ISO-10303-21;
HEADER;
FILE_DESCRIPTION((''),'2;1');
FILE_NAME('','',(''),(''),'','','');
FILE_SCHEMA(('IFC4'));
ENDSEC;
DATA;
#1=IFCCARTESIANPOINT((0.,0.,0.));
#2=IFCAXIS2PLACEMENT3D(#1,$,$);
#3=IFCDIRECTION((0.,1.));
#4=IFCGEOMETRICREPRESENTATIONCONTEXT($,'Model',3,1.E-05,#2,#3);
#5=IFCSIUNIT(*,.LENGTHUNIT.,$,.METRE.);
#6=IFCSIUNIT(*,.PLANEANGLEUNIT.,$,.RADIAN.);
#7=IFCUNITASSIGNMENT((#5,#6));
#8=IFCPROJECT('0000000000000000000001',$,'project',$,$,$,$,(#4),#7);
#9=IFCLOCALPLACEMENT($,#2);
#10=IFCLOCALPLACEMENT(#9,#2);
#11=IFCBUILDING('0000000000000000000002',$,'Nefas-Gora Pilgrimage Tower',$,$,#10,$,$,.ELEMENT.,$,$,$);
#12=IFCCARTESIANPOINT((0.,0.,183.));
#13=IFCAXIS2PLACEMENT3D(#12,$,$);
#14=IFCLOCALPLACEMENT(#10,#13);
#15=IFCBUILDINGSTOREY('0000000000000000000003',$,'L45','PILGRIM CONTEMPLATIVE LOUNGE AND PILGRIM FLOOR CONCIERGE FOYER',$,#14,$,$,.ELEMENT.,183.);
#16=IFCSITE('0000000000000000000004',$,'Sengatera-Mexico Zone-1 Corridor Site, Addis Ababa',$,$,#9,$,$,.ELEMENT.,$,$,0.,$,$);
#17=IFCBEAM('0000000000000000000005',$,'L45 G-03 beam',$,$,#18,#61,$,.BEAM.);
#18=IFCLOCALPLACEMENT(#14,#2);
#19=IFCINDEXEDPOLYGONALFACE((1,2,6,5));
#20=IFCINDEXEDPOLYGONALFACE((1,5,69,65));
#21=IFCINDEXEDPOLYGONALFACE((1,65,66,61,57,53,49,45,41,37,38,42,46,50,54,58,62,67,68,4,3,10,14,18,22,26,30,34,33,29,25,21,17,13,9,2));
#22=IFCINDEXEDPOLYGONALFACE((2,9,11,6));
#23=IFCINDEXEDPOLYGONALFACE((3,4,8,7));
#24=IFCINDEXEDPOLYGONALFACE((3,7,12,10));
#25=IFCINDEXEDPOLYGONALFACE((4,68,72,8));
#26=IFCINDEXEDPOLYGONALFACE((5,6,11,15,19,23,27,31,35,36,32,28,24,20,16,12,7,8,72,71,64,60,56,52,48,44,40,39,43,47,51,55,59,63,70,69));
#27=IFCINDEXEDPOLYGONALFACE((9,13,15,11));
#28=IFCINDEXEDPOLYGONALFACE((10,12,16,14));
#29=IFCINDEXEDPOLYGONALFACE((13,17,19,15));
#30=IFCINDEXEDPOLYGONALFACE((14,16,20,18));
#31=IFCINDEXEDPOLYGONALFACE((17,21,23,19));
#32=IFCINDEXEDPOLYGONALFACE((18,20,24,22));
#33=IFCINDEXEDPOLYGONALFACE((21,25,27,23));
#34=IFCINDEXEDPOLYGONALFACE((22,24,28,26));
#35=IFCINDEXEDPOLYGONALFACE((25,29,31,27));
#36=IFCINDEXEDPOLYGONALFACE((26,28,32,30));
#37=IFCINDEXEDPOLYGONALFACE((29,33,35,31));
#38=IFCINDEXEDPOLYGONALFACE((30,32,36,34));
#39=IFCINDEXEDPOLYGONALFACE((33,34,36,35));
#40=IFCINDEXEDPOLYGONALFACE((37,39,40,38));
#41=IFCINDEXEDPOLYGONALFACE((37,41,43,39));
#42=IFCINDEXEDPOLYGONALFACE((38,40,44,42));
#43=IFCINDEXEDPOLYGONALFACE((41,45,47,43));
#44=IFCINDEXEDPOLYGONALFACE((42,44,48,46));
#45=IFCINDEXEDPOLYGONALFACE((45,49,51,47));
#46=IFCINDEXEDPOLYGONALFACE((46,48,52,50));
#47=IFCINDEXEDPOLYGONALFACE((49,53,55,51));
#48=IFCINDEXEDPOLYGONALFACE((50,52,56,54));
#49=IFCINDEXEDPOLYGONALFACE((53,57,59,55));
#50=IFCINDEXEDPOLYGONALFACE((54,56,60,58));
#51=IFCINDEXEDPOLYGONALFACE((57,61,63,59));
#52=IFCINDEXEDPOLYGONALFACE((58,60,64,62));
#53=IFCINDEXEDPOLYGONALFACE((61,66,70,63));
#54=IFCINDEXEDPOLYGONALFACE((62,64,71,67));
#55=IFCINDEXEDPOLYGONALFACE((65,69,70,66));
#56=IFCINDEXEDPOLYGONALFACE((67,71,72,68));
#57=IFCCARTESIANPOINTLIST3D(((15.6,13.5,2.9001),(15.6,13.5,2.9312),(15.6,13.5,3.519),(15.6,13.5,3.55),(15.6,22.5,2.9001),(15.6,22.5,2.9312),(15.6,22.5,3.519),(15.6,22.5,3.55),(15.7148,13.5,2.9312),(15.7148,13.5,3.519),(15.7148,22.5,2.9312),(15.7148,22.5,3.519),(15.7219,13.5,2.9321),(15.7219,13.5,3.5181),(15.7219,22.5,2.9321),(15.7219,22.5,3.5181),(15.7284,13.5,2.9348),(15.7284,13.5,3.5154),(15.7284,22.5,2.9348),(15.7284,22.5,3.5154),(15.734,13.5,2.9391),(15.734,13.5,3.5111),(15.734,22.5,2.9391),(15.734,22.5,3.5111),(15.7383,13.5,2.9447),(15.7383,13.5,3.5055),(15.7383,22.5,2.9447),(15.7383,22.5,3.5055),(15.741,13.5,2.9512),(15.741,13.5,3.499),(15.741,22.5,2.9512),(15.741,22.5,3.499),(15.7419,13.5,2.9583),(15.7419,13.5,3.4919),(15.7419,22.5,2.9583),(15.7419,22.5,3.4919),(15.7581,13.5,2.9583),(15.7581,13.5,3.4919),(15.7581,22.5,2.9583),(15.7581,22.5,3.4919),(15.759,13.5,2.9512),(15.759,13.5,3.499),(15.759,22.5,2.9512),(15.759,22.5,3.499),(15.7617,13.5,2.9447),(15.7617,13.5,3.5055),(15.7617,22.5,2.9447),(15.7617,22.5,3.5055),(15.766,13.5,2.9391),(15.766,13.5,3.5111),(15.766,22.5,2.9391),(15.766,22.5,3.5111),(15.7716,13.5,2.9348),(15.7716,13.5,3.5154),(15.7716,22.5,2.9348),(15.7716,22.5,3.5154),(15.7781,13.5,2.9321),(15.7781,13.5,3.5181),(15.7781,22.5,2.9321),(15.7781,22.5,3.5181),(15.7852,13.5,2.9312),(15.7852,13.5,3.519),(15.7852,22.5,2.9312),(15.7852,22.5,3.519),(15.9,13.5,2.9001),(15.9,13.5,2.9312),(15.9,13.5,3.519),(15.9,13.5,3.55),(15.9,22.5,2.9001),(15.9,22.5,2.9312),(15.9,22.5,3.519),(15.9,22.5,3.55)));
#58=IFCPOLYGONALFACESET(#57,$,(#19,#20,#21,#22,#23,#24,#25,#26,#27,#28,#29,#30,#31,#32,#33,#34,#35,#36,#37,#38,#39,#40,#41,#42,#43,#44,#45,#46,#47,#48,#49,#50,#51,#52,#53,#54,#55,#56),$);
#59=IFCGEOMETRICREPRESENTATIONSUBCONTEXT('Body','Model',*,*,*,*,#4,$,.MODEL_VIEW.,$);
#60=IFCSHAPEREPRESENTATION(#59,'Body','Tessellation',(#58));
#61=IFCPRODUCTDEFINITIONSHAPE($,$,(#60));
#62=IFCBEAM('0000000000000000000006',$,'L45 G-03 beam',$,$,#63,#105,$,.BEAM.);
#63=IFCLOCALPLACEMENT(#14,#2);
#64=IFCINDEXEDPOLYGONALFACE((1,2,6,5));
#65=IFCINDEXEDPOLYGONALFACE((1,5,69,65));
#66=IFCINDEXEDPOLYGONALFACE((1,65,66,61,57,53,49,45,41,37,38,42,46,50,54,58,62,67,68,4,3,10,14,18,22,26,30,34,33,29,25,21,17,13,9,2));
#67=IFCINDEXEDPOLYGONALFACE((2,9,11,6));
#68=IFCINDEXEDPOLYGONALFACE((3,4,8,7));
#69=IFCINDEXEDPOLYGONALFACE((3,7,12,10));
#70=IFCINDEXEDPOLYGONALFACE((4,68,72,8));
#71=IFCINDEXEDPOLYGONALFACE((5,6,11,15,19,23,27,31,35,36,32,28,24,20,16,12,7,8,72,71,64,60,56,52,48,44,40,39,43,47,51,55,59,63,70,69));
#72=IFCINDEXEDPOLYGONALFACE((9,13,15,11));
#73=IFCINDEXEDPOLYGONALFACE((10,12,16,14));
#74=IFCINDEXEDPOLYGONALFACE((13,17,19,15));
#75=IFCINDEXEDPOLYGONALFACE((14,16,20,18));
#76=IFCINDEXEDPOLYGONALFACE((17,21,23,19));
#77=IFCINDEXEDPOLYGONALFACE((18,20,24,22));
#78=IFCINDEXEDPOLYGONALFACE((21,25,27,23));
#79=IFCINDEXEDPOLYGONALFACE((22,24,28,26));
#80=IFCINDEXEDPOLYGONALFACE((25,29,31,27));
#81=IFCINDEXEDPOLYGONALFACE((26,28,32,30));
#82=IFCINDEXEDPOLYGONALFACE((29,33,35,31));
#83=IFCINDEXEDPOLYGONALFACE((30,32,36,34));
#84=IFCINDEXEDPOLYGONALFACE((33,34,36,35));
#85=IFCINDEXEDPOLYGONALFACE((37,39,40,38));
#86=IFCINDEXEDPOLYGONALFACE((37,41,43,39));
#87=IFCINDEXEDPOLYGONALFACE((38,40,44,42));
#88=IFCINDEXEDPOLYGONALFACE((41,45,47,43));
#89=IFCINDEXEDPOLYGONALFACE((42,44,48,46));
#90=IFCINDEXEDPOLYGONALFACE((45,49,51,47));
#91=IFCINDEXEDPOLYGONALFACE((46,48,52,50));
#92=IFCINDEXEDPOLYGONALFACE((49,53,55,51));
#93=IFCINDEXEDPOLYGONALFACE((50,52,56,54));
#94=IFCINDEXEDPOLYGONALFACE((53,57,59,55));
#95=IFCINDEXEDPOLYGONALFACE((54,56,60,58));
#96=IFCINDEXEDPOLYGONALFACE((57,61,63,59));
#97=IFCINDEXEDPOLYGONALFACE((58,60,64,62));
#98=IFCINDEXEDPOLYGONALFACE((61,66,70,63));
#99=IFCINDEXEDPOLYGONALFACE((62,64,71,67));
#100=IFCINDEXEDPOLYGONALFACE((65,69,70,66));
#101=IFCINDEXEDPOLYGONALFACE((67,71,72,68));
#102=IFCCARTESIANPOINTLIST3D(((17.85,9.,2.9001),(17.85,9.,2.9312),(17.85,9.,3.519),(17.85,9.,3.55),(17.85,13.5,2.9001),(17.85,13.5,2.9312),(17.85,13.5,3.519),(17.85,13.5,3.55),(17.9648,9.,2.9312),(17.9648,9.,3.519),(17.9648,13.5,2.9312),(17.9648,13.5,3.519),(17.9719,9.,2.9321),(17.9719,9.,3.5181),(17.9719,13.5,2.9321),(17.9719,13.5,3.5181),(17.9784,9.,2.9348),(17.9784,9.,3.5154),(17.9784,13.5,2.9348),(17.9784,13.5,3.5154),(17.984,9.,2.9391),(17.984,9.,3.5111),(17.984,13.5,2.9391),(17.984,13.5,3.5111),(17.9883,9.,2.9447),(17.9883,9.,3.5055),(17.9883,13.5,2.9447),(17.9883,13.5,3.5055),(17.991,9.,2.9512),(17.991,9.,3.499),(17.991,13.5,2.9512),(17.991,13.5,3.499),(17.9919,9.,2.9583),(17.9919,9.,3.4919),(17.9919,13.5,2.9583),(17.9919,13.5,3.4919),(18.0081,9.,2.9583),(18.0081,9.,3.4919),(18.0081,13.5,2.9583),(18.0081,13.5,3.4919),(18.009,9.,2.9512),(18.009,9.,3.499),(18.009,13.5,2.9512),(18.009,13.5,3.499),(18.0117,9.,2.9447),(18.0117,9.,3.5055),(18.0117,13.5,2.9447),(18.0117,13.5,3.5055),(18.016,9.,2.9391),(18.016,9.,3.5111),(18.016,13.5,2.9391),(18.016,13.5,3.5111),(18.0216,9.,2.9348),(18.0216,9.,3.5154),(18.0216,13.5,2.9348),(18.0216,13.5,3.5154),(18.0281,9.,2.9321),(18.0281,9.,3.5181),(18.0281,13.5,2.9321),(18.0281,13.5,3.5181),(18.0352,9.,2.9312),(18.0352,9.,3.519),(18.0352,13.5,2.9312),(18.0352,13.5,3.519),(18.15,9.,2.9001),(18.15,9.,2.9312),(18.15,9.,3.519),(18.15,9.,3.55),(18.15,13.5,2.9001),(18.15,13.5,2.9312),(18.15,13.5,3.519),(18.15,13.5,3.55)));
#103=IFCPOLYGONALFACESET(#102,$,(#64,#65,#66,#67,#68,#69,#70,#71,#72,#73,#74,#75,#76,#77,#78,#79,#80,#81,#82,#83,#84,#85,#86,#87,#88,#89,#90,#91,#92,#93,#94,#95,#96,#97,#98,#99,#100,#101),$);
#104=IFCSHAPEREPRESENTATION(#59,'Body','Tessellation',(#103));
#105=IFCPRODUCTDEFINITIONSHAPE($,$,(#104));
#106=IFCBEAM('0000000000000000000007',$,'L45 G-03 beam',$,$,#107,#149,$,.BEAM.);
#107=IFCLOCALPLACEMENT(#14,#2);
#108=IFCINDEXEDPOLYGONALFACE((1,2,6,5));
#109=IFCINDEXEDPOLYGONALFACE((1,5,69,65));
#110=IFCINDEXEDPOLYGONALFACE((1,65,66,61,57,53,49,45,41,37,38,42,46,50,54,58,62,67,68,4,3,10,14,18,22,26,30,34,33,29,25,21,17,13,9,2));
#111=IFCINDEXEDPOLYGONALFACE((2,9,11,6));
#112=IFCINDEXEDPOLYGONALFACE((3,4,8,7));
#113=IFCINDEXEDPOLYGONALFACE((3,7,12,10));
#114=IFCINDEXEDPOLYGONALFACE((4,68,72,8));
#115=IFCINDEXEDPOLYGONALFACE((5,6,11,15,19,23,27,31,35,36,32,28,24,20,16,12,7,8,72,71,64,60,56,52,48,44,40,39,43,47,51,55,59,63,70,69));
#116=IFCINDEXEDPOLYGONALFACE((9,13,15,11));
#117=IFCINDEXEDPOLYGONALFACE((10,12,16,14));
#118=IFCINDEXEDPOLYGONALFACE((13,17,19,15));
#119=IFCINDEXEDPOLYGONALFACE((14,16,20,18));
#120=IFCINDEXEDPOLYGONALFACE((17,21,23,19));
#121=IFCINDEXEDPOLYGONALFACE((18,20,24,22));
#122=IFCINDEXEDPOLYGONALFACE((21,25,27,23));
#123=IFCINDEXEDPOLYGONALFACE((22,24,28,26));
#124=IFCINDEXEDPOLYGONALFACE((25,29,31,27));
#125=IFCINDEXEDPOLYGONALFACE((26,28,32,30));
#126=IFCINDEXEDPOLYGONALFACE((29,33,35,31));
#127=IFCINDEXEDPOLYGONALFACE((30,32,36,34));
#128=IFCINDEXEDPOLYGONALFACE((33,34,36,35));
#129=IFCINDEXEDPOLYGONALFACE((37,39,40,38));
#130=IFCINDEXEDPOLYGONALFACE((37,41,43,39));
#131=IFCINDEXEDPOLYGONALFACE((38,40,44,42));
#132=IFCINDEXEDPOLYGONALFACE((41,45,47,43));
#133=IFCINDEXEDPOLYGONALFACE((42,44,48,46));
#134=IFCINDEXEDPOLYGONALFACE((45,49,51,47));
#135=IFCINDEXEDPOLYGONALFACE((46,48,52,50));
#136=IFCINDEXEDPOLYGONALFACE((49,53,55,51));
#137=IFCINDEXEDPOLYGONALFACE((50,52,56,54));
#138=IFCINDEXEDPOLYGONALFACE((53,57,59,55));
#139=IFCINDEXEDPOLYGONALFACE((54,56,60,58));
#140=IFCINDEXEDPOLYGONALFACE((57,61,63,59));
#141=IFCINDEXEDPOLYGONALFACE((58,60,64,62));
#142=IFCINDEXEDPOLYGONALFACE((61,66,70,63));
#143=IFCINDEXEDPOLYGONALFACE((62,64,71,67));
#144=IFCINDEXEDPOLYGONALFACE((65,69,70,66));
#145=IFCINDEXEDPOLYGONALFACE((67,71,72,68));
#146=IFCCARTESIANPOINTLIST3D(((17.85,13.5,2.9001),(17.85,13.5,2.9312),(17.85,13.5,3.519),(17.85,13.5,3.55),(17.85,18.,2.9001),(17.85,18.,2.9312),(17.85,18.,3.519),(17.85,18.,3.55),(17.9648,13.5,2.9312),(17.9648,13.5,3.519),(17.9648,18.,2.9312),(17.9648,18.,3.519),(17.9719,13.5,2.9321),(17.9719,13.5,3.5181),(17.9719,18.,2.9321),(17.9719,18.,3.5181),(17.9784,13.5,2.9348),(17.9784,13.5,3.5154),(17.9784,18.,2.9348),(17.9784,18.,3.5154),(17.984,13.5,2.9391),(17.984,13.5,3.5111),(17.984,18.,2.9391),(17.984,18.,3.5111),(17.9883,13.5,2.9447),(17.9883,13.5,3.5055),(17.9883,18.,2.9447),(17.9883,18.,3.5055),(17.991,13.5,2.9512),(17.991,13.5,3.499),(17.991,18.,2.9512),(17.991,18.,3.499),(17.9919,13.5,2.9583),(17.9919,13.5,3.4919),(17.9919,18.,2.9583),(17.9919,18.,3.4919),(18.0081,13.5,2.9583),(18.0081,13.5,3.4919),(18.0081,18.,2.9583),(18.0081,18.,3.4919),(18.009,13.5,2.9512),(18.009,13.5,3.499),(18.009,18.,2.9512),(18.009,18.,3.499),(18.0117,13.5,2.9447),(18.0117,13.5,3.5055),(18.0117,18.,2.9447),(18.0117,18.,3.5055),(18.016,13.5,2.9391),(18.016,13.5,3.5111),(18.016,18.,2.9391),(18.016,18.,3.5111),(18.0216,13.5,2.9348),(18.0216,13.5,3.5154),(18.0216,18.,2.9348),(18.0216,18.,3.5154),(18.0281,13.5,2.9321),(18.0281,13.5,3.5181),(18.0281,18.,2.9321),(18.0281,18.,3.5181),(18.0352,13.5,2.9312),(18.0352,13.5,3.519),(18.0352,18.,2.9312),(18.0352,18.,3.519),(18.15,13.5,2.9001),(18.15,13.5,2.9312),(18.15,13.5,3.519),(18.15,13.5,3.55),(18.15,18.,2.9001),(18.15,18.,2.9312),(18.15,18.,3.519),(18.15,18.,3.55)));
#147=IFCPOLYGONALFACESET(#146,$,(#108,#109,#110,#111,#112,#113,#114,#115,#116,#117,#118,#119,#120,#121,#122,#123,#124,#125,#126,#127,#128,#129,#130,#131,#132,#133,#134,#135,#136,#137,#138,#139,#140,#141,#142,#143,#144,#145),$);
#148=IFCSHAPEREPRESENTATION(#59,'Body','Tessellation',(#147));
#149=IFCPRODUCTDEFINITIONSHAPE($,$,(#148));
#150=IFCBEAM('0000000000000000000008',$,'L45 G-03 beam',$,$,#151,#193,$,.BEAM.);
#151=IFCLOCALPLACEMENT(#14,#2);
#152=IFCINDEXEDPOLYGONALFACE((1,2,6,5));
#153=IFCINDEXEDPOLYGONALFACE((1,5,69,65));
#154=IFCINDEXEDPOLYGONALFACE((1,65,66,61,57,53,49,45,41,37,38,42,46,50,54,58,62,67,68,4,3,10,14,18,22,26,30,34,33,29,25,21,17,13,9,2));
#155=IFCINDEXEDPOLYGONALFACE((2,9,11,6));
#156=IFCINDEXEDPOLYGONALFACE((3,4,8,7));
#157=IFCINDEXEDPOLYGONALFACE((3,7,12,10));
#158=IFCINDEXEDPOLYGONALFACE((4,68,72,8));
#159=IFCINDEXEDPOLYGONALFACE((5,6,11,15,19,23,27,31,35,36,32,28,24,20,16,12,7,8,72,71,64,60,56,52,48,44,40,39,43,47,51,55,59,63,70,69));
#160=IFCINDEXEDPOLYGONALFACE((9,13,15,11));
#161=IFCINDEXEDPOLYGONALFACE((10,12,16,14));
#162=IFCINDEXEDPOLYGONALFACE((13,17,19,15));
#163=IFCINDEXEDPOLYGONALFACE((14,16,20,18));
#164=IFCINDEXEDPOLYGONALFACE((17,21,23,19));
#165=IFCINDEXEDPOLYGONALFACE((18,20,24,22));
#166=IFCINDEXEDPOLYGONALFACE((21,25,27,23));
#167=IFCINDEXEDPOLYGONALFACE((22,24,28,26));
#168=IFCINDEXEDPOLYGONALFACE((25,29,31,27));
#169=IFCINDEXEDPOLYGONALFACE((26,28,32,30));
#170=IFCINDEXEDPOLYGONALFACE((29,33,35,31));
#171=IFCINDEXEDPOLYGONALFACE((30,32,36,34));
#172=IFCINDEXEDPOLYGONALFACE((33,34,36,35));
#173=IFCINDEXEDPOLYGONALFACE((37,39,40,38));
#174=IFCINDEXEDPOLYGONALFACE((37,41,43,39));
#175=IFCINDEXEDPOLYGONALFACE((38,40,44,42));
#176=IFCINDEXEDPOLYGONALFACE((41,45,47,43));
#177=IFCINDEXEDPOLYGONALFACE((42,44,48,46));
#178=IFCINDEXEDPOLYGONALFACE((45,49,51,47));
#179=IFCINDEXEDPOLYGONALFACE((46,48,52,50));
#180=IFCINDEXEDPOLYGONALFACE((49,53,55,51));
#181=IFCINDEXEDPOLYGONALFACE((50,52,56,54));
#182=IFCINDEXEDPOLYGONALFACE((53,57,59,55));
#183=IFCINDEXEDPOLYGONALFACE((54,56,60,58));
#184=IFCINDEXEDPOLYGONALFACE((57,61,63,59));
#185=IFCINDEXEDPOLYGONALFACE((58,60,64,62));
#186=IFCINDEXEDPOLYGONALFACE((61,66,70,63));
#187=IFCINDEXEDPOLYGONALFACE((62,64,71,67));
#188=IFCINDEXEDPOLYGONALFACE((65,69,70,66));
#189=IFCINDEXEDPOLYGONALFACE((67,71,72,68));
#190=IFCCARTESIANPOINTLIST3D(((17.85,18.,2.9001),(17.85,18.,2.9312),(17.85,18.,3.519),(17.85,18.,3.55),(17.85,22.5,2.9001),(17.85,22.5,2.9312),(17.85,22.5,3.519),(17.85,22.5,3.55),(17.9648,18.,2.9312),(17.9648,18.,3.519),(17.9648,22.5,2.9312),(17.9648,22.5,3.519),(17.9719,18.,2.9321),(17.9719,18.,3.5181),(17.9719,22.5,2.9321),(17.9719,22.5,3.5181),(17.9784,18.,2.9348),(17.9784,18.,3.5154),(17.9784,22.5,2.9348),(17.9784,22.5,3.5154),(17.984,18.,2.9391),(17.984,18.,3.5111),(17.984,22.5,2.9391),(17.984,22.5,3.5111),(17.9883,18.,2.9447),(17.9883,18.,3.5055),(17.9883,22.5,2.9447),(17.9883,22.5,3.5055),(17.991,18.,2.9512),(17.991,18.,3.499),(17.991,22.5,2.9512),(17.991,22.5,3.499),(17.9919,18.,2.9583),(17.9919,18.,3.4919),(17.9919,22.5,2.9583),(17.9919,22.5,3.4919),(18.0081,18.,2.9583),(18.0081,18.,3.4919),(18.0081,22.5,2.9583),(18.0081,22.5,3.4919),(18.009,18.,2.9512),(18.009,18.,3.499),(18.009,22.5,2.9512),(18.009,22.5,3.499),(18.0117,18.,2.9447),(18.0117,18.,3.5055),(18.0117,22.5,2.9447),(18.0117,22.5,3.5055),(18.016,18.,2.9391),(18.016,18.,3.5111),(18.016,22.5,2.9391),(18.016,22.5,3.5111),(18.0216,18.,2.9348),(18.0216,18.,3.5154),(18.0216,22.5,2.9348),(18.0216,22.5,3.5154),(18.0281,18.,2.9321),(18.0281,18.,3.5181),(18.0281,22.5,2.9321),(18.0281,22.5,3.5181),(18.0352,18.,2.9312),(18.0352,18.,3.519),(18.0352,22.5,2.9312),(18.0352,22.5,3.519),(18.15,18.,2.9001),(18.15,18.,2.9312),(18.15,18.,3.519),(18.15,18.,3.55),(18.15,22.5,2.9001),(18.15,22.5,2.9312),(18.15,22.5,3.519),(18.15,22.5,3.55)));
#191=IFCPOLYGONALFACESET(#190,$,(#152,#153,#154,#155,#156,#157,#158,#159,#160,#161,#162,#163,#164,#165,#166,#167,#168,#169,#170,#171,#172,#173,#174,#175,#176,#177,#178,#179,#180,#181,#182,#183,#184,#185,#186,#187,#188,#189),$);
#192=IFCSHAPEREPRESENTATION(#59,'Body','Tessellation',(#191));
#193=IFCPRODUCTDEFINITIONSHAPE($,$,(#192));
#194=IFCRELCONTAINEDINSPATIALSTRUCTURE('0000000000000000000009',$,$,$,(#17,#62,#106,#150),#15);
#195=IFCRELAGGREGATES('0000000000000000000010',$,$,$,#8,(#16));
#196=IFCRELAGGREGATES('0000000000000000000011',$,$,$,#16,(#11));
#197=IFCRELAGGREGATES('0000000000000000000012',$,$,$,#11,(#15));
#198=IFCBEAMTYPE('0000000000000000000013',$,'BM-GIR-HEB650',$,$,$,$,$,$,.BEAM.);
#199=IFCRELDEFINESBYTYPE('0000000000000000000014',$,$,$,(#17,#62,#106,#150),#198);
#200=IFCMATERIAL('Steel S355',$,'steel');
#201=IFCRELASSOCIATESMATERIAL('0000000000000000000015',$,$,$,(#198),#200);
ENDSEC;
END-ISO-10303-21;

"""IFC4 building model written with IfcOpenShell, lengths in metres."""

from ifc_helpers import new_model, si_unit, direction, frame, origin, origin_2d, place, context, subcontext, project, spatial, i_section, extrude, source, transform, mapped, material, material_profile, profile_set, type_object, element, save


model = new_model("IFC4")

# Units and contexts
model_context = context("Model", 3, precision=1e-05, world=origin(), true_north=direction((0.0, 1.0)))
body_context = subcontext(model_context, "Body", "Model", "MODEL_VIEW")
ifc_project = project(units=[si_unit("LENGTHUNIT", "METRE"), si_unit("PLANEANGLEUNIT", "RADIAN")], contexts=[model_context])

# Site, building, storey
site_placement = place(None, origin())
site = spatial("IfcSite", under=ifc_project, at=site_placement, Name="Sengatera-Mexico Zone-1 Corridor Site, Addis Ababa", CompositionType="ELEMENT", RefElevation=0.0)
building_placement = place(site_placement, origin())
building = spatial("IfcBuilding", under=site, at=building_placement, Name="Nefas-Gora Pilgrimage Tower", CompositionType="ELEMENT")
storey_placement = place(building_placement, frame((0.0, 0.0, 183.0)))
storey = spatial("IfcBuildingStorey", under=building, at=storey_placement, Name="L45", Description="PILGRIM CONTEMPLATIVE LOUNGE AND PILGRIM FLOOR CONCIERGE FOYER", CompositionType="ELEMENT", Elevation=183.0)

# Beams
ifc_material_1 = material(Name="Steel S355", Category="steel")
ifc_material_profile_1 = material_profile(ifc_material_1, i_section(OverallWidth=0.3, OverallDepth=0.6499, WebThickness=0.0161, FlangeThickness=0.031, FilletRadius=0.0271, at=origin_2d()), Name="HEB 650")
ifc_profile_set_1 = profile_set([ifc_material_profile_1], Name="Steel S355")
beam_type_1 = type_object("IfcBeamType", Name="BM-GIR-HEB650", PredefinedType="BEAM", material=ifc_profile_set_1)
shared_shape_1 = source(origin(), body_context, "Body", "SweptSolid", [
    extrude(i_section(OverallWidth=0.3, OverallDepth=0.6499, WebThickness=0.0161, FlangeThickness=0.031, FilletRadius=0.0271, at=origin_2d()), origin(), (0.0, 0.0, 1.0), 9.0),
])
beam_1_placement = place(storey_placement, frame((15.75, 13.5, 3.2251), z_axis=(0.0, 1.0, 0.0), x_axis=(-1.0, 0.0, 0.0)))
element("IfcBeam", 1, at=beam_1_placement, inside=storey, type_object=beam_type_1, Name="L45 G-03 beam", PredefinedType="BEAM", context=body_context, shape_type="MappedRepresentation", body=[
    mapped(shared_shape_1, transform((0.0, 0.0, 0.0), x_axis=(1.0, 0.0, 0.0), y_axis=(0.0, 1.0, 0.0), z_axis=(0.0, 0.0, 1.0), scale=1.0)),
])
shared_shape_2 = source(origin(), body_context, "Body", "SweptSolid", [
    extrude(i_section(OverallWidth=0.3, OverallDepth=0.6499, WebThickness=0.0161, FlangeThickness=0.031, FilletRadius=0.0271, at=origin_2d()), origin(), (0.0, 0.0, 1.0), 4.5),
])
for number, where, z_axis, x_axis, name in (
    (2, (18.0, 9.0, 3.2251), (0.0, 1.0, 0.0), (-1.0, 0.0, 0.0), "L45 G-03 beam"),
    (3, (18.0, 13.5, 3.2251), (0.0, 1.0, 0.0), (-1.0, 0.0, 0.0), "L45 G-03 beam"),
    (4, (18.0, 18.0, 3.2251), (0.0, 1.0, 0.0), (-1.0, 0.0, 0.0), "L45 G-03 beam"),
):
    element("IfcBeam", number, at=place(storey_placement, frame(where, z_axis=z_axis, x_axis=x_axis)), inside=storey, type_object=beam_type_1, Name=name, PredefinedType="BEAM", context=body_context, shape_type="MappedRepresentation", body=[
        mapped(shared_shape_2, transform((0.0, 0.0, 0.0), x_axis=(1.0, 0.0, 0.0), y_axis=(0.0, 1.0, 0.0), z_axis=(0.0, 0.0, 1.0), scale=1.0)),
    ])

save(model, "model.ifc")
